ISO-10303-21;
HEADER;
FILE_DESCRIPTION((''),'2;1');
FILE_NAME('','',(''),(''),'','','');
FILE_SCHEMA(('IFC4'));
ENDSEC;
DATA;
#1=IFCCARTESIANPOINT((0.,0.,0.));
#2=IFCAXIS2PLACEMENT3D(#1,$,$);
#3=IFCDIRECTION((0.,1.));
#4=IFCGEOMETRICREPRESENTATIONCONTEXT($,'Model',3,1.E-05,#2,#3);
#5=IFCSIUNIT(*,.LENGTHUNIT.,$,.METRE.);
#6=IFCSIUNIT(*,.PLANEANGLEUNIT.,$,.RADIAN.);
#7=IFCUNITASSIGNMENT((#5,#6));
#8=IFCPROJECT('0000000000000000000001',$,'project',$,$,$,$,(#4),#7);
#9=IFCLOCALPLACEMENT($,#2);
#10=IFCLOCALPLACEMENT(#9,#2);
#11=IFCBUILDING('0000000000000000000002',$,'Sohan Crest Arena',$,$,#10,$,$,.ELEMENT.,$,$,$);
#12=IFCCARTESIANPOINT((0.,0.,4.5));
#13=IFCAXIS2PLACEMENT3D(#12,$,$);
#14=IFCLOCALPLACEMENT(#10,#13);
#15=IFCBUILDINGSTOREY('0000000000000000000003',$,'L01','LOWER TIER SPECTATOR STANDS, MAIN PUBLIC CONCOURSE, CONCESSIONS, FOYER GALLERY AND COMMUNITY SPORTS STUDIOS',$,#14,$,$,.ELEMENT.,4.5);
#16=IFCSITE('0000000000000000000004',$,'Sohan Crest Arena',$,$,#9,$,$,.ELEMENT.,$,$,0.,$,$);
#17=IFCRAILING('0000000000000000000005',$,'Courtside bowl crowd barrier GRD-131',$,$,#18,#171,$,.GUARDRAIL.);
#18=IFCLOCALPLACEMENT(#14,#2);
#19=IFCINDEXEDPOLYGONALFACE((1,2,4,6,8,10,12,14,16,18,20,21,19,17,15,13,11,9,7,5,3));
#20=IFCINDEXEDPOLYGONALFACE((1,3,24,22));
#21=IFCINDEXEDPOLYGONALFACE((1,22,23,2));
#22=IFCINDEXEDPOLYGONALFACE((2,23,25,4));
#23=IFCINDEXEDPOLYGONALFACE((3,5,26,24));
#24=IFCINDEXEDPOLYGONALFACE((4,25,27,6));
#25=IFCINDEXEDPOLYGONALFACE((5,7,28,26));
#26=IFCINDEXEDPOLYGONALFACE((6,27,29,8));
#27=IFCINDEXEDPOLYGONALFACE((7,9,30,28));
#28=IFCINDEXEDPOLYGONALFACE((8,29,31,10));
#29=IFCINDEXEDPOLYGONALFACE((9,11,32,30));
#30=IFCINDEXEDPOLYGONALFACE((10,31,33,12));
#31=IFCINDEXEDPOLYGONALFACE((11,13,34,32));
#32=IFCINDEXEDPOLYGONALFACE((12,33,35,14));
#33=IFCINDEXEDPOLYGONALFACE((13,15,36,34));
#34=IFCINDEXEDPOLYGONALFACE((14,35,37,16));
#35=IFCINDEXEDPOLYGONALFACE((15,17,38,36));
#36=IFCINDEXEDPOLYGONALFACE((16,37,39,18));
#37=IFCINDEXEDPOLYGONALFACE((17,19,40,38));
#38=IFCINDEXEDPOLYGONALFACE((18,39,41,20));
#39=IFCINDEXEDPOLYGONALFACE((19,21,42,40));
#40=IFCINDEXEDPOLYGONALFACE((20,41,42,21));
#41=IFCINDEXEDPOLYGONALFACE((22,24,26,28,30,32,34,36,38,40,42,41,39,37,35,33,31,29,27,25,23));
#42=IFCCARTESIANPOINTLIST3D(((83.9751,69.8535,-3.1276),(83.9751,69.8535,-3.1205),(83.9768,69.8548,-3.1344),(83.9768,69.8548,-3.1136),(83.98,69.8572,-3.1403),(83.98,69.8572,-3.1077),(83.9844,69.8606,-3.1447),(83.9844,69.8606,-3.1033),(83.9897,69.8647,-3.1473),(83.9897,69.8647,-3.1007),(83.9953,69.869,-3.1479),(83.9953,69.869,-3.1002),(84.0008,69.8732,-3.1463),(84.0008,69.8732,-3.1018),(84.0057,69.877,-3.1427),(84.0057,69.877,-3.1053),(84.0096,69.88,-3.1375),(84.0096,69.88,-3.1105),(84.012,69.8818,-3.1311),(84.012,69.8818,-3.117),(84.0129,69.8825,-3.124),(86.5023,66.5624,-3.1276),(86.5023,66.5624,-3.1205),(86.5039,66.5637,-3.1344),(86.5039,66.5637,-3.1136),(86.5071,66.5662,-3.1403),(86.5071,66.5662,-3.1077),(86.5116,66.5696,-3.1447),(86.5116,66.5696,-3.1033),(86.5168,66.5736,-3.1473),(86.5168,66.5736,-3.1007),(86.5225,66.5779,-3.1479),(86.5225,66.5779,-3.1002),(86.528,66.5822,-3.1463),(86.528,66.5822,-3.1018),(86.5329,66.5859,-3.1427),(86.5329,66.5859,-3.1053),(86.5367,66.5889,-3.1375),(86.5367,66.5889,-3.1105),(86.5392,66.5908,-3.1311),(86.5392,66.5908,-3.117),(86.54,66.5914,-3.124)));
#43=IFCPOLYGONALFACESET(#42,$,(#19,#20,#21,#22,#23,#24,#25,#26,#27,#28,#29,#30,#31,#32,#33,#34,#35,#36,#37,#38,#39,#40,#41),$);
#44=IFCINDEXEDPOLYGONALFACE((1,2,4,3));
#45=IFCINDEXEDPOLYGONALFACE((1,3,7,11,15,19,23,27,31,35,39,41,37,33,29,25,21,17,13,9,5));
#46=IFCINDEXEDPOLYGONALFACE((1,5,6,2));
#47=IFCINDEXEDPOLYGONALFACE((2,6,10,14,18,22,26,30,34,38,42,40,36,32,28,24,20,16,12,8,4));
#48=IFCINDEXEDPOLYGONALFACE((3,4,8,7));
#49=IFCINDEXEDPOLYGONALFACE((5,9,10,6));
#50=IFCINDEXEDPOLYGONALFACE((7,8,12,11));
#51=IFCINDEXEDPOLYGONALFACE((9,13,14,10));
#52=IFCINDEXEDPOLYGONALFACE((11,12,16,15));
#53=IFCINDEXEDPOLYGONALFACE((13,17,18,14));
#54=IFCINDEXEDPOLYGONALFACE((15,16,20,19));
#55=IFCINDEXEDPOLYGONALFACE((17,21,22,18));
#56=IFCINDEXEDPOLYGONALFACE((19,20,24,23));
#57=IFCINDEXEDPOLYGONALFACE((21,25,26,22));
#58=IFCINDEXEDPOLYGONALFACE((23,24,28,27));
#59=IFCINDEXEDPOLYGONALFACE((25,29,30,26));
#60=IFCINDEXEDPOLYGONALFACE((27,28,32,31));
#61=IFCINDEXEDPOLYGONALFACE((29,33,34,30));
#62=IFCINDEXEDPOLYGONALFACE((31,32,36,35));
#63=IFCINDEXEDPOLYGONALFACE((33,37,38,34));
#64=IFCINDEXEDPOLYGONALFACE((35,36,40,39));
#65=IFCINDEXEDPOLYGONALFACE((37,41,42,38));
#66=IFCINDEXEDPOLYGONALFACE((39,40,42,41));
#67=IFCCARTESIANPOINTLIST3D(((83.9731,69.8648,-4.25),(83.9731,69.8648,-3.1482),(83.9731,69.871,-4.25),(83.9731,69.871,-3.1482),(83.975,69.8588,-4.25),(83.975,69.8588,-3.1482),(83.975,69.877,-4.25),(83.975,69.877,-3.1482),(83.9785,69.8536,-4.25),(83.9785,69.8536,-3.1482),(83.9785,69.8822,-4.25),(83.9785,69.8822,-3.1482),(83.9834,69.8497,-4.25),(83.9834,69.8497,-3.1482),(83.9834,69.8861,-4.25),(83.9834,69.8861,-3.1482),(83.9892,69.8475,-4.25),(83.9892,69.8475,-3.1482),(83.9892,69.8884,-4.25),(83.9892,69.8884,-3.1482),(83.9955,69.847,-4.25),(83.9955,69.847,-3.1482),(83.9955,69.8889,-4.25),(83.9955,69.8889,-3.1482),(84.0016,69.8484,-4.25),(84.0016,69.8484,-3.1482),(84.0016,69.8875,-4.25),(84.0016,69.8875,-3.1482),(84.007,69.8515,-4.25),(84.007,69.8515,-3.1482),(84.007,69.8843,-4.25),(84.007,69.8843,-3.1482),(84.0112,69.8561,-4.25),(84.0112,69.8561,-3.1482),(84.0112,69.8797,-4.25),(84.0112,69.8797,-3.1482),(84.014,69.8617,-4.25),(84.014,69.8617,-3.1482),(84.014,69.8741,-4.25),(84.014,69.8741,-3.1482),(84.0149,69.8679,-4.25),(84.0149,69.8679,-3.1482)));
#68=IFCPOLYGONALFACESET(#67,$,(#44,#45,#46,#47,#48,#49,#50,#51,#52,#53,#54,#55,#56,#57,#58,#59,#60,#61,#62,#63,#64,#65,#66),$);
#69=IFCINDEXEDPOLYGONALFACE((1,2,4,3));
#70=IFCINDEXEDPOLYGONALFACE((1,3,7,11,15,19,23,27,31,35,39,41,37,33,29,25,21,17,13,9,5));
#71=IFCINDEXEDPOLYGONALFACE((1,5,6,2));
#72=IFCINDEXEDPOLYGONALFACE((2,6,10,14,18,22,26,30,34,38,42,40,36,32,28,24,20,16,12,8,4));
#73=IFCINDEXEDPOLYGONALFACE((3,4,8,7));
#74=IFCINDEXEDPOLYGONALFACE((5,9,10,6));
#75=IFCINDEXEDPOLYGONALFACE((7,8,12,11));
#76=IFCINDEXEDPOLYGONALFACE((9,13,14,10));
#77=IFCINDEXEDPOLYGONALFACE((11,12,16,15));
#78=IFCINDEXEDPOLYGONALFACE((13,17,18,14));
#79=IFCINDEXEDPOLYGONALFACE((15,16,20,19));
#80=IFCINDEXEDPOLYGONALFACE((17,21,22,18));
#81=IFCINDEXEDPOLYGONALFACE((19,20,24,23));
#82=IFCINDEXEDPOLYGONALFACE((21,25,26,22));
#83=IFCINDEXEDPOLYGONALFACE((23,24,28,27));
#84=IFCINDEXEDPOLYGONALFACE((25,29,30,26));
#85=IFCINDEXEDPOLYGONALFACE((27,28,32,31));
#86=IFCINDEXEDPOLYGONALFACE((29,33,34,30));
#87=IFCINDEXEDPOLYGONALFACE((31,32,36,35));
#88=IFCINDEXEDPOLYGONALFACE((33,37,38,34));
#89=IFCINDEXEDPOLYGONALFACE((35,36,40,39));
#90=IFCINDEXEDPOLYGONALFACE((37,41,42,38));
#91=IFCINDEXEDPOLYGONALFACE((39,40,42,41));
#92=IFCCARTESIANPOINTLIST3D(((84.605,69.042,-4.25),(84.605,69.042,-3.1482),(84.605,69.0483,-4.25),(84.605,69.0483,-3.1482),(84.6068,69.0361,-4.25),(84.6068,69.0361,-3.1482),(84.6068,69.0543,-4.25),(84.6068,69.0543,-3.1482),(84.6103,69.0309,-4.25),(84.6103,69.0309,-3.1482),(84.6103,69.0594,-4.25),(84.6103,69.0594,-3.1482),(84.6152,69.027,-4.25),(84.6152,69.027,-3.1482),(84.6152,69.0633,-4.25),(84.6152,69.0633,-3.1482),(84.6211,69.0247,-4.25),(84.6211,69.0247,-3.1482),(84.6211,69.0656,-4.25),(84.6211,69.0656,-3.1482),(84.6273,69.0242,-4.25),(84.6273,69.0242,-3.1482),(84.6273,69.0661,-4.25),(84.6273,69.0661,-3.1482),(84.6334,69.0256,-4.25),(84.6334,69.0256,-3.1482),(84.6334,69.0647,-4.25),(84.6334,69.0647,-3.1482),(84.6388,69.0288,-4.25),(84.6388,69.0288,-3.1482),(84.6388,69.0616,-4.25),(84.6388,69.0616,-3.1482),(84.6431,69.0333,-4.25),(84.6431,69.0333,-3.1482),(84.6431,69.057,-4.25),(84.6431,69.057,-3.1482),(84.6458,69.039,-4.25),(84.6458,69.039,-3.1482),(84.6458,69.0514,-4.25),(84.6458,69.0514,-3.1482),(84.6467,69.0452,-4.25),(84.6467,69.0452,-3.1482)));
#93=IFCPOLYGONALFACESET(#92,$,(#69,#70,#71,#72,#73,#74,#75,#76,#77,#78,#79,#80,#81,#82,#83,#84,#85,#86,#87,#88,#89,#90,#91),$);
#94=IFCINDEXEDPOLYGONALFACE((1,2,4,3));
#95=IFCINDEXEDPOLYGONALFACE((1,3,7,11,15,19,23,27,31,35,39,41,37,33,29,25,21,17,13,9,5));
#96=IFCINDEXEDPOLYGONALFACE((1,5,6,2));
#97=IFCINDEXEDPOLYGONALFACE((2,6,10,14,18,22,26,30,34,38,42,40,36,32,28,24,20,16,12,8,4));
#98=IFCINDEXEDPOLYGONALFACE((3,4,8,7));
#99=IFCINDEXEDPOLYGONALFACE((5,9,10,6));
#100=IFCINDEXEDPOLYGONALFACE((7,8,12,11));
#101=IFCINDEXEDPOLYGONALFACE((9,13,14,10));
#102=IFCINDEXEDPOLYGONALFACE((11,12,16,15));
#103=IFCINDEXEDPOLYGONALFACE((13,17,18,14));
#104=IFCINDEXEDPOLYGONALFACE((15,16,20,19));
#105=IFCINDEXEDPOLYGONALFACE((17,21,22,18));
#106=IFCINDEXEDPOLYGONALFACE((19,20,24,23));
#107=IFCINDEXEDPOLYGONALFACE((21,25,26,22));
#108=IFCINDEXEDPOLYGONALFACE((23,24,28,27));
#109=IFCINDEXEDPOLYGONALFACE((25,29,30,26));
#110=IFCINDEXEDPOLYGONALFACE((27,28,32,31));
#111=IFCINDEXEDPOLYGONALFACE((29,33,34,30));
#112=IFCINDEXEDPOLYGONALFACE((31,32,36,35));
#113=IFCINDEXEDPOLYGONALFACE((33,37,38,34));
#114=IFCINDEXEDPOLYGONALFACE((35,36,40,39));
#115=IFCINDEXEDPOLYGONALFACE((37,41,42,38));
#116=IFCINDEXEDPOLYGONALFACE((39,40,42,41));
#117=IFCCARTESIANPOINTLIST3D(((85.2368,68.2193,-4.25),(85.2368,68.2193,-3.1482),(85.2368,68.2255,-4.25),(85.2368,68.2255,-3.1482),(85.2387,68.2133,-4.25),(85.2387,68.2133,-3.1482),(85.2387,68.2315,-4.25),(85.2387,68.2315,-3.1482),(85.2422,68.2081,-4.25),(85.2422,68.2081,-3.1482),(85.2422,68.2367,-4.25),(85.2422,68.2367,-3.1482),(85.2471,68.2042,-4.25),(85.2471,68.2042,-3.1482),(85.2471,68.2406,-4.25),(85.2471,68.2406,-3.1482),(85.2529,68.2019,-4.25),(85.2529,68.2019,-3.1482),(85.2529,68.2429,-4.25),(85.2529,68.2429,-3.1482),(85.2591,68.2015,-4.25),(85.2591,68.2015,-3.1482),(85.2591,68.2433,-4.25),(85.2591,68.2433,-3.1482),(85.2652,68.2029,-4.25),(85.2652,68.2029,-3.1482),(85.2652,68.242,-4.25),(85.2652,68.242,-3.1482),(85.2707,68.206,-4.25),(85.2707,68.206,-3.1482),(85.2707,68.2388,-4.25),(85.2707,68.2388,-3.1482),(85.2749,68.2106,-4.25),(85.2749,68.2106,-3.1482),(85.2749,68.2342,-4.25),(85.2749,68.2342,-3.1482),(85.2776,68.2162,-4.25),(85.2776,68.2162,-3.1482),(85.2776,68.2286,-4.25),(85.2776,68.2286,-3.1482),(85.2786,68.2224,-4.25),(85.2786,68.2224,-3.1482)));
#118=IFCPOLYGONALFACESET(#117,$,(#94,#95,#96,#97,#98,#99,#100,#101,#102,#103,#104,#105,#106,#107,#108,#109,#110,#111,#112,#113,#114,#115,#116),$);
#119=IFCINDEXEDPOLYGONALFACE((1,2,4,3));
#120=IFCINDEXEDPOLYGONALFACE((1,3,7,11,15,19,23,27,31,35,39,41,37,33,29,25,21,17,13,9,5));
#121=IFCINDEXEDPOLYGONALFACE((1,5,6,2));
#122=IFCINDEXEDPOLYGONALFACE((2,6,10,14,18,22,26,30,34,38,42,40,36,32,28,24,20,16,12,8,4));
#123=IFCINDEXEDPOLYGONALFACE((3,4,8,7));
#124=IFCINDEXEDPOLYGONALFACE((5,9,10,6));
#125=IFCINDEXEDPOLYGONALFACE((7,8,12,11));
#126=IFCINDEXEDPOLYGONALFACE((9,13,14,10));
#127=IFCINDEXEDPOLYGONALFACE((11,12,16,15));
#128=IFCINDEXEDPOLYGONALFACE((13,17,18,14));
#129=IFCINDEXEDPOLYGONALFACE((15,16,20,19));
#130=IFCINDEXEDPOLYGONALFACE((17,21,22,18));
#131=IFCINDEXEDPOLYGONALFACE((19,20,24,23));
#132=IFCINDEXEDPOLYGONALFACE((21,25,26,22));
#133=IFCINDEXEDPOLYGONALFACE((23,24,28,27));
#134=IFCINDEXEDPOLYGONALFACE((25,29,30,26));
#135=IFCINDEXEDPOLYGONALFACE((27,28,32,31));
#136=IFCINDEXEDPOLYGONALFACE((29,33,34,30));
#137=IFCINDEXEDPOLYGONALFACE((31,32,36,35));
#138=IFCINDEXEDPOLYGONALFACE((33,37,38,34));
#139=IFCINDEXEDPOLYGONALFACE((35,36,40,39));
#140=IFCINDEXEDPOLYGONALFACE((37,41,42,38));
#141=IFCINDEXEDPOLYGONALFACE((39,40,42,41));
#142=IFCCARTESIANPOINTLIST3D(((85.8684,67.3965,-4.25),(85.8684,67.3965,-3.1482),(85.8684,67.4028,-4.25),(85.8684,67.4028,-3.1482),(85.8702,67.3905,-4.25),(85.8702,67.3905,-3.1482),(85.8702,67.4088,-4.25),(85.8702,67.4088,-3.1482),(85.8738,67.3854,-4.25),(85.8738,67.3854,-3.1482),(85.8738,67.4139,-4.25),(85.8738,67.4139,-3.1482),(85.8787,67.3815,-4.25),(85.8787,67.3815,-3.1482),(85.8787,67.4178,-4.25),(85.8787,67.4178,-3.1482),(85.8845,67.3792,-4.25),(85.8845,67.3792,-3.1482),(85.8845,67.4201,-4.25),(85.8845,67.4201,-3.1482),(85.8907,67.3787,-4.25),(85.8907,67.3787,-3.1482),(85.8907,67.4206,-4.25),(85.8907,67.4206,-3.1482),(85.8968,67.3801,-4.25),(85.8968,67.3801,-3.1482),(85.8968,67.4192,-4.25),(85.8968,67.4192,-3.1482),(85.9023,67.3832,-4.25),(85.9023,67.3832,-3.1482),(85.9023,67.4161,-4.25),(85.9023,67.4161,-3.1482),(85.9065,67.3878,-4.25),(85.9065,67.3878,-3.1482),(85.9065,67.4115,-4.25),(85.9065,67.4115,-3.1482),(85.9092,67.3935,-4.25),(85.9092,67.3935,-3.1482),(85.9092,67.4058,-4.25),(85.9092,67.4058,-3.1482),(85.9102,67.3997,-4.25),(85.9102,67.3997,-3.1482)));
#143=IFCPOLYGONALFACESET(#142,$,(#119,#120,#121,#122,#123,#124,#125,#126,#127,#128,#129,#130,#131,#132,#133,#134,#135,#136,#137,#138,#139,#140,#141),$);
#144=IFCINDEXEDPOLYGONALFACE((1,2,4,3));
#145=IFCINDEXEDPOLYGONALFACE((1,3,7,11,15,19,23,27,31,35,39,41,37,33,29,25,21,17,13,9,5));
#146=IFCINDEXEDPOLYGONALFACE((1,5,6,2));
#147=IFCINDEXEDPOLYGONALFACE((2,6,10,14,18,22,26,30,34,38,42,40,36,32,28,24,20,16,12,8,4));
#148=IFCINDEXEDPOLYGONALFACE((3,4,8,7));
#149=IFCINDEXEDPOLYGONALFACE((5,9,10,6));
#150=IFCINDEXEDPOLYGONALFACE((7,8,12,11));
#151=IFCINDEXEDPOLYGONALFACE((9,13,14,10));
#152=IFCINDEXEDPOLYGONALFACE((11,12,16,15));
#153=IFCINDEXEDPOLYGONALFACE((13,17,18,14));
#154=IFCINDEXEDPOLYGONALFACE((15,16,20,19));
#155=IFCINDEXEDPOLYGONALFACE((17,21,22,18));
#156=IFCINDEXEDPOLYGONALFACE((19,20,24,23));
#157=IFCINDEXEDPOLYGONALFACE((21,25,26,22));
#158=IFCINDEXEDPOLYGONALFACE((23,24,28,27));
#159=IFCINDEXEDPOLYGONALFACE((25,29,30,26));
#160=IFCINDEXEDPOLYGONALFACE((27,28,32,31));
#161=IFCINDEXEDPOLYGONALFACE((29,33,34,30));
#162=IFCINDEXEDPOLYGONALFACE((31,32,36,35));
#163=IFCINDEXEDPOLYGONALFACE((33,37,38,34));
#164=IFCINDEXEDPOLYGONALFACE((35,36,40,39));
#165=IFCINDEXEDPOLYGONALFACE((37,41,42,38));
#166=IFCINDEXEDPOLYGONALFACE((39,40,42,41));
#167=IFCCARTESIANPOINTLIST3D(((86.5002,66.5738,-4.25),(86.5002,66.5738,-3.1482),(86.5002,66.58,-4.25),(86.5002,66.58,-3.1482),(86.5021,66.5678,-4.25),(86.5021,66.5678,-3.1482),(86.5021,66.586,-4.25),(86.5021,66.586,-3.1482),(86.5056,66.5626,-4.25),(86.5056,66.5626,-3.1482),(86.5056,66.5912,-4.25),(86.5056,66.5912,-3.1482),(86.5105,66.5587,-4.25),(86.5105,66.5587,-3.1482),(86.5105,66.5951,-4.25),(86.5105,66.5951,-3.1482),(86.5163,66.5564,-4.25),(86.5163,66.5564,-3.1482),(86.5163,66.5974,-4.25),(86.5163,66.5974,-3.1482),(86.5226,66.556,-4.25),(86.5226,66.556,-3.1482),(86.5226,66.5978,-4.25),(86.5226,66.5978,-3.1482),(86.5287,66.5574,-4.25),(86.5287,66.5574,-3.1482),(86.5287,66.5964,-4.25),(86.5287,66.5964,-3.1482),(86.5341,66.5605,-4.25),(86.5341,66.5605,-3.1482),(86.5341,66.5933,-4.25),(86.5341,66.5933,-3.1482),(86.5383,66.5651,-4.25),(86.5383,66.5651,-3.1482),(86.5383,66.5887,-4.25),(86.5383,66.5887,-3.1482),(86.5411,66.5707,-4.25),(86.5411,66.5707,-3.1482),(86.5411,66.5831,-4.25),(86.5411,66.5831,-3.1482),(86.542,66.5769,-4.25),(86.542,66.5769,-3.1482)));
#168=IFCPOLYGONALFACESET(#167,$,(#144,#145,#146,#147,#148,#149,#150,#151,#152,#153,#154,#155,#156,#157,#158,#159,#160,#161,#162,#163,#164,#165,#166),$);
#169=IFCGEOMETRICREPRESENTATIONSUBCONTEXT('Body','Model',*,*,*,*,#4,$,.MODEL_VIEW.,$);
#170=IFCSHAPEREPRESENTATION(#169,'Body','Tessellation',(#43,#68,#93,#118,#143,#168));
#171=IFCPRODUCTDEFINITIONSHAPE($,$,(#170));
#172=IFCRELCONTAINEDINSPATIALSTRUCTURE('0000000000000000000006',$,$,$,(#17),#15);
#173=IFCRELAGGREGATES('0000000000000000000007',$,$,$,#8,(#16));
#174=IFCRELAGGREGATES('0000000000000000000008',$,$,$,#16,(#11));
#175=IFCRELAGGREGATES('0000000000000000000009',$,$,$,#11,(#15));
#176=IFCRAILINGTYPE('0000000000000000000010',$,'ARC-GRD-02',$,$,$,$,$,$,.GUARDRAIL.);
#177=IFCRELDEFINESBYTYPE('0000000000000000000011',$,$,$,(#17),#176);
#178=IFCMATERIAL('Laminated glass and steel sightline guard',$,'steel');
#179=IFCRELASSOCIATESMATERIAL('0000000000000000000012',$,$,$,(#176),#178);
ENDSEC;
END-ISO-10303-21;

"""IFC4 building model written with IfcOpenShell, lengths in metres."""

from ifc_helpers import new_model, si_unit, direction, frame, origin, origin_2d, place, context, subcontext, project, spatial, circle, extrude, material, type_object, element, save


model = new_model("IFC4")

# Units and contexts
model_context = context("Model", 3, precision=1e-05, world=origin(), true_north=direction((0.0, 1.0)))
body_context = subcontext(model_context, "Body", "Model", "MODEL_VIEW")
ifc_project = project(units=[si_unit("LENGTHUNIT", "METRE"), si_unit("PLANEANGLEUNIT", "RADIAN")], contexts=[model_context])

# Site, building, storey
site_placement = place(None, origin())
site = spatial("IfcSite", under=ifc_project, at=site_placement, Name="Sohan Crest Arena", CompositionType="ELEMENT", RefElevation=0.0)
building_placement = place(site_placement, origin())
building = spatial("IfcBuilding", under=site, at=building_placement, Name="Sohan Crest Arena", CompositionType="ELEMENT")
storey_placement = place(building_placement, frame((0.0, 0.0, 4.5)))
storey = spatial("IfcBuildingStorey", under=building, at=storey_placement, Name="L01", Description="LOWER TIER SPECTATOR STANDS, MAIN PUBLIC CONCOURSE, CONCESSIONS, FOYER GALLERY AND COMMUNITY SPORTS STUDIOS", CompositionType="ELEMENT", Elevation=4.5)

# Railing
ifc_material_1 = material(Name="Laminated glass and steel sightline guard", Category="steel")
railing_type = type_object("IfcRailingType", Name="ARC-GRD-02", PredefinedType="GUARDRAIL", material=ifc_material_1)
railing_1_placement = place(storey_placement, frame((83.9939, 69.8679, -4.25)))
element("IfcRailing", 1, at=railing_1_placement, inside=storey, type_object=railing_type, Name="Courtside bowl crowd barrier GRD-131", PredefinedType="GUARDRAIL", context=body_context, shape_type="SweptSolid", body=[
    extrude(circle(Radius=0.0239, at=origin_2d()), frame((0.0, 0.0, 1.126), z_axis=(0.609037, -0.793142, 0.0), x_axis=(0.793142, 0.609037, 0.0)), (0.0, 0.0, 1.0), 4.1494),
    extrude(circle(Radius=0.021, at=origin_2d()), origin(), (0.0, 0.0, 1.0), 1.1018),
    extrude(circle(Radius=0.021, at=origin_2d()), frame((0.6318, -0.8228, 0.0)), (0.0, 0.0, 1.0), 1.1018),
    extrude(circle(Radius=0.021, at=origin_2d()), frame((1.2637, -1.6455, 0.0)), (0.0, 0.0, 1.0), 1.1018),
    extrude(circle(Radius=0.021, at=origin_2d()), frame((1.8953, -2.4683, 0.0)), (0.0, 0.0, 1.0), 1.1018),
    extrude(circle(Radius=0.021, at=origin_2d()), frame((2.5271, -3.291, 0.0)), (0.0, 0.0, 1.0), 1.1018),
])

save(model, "model.ifc")
